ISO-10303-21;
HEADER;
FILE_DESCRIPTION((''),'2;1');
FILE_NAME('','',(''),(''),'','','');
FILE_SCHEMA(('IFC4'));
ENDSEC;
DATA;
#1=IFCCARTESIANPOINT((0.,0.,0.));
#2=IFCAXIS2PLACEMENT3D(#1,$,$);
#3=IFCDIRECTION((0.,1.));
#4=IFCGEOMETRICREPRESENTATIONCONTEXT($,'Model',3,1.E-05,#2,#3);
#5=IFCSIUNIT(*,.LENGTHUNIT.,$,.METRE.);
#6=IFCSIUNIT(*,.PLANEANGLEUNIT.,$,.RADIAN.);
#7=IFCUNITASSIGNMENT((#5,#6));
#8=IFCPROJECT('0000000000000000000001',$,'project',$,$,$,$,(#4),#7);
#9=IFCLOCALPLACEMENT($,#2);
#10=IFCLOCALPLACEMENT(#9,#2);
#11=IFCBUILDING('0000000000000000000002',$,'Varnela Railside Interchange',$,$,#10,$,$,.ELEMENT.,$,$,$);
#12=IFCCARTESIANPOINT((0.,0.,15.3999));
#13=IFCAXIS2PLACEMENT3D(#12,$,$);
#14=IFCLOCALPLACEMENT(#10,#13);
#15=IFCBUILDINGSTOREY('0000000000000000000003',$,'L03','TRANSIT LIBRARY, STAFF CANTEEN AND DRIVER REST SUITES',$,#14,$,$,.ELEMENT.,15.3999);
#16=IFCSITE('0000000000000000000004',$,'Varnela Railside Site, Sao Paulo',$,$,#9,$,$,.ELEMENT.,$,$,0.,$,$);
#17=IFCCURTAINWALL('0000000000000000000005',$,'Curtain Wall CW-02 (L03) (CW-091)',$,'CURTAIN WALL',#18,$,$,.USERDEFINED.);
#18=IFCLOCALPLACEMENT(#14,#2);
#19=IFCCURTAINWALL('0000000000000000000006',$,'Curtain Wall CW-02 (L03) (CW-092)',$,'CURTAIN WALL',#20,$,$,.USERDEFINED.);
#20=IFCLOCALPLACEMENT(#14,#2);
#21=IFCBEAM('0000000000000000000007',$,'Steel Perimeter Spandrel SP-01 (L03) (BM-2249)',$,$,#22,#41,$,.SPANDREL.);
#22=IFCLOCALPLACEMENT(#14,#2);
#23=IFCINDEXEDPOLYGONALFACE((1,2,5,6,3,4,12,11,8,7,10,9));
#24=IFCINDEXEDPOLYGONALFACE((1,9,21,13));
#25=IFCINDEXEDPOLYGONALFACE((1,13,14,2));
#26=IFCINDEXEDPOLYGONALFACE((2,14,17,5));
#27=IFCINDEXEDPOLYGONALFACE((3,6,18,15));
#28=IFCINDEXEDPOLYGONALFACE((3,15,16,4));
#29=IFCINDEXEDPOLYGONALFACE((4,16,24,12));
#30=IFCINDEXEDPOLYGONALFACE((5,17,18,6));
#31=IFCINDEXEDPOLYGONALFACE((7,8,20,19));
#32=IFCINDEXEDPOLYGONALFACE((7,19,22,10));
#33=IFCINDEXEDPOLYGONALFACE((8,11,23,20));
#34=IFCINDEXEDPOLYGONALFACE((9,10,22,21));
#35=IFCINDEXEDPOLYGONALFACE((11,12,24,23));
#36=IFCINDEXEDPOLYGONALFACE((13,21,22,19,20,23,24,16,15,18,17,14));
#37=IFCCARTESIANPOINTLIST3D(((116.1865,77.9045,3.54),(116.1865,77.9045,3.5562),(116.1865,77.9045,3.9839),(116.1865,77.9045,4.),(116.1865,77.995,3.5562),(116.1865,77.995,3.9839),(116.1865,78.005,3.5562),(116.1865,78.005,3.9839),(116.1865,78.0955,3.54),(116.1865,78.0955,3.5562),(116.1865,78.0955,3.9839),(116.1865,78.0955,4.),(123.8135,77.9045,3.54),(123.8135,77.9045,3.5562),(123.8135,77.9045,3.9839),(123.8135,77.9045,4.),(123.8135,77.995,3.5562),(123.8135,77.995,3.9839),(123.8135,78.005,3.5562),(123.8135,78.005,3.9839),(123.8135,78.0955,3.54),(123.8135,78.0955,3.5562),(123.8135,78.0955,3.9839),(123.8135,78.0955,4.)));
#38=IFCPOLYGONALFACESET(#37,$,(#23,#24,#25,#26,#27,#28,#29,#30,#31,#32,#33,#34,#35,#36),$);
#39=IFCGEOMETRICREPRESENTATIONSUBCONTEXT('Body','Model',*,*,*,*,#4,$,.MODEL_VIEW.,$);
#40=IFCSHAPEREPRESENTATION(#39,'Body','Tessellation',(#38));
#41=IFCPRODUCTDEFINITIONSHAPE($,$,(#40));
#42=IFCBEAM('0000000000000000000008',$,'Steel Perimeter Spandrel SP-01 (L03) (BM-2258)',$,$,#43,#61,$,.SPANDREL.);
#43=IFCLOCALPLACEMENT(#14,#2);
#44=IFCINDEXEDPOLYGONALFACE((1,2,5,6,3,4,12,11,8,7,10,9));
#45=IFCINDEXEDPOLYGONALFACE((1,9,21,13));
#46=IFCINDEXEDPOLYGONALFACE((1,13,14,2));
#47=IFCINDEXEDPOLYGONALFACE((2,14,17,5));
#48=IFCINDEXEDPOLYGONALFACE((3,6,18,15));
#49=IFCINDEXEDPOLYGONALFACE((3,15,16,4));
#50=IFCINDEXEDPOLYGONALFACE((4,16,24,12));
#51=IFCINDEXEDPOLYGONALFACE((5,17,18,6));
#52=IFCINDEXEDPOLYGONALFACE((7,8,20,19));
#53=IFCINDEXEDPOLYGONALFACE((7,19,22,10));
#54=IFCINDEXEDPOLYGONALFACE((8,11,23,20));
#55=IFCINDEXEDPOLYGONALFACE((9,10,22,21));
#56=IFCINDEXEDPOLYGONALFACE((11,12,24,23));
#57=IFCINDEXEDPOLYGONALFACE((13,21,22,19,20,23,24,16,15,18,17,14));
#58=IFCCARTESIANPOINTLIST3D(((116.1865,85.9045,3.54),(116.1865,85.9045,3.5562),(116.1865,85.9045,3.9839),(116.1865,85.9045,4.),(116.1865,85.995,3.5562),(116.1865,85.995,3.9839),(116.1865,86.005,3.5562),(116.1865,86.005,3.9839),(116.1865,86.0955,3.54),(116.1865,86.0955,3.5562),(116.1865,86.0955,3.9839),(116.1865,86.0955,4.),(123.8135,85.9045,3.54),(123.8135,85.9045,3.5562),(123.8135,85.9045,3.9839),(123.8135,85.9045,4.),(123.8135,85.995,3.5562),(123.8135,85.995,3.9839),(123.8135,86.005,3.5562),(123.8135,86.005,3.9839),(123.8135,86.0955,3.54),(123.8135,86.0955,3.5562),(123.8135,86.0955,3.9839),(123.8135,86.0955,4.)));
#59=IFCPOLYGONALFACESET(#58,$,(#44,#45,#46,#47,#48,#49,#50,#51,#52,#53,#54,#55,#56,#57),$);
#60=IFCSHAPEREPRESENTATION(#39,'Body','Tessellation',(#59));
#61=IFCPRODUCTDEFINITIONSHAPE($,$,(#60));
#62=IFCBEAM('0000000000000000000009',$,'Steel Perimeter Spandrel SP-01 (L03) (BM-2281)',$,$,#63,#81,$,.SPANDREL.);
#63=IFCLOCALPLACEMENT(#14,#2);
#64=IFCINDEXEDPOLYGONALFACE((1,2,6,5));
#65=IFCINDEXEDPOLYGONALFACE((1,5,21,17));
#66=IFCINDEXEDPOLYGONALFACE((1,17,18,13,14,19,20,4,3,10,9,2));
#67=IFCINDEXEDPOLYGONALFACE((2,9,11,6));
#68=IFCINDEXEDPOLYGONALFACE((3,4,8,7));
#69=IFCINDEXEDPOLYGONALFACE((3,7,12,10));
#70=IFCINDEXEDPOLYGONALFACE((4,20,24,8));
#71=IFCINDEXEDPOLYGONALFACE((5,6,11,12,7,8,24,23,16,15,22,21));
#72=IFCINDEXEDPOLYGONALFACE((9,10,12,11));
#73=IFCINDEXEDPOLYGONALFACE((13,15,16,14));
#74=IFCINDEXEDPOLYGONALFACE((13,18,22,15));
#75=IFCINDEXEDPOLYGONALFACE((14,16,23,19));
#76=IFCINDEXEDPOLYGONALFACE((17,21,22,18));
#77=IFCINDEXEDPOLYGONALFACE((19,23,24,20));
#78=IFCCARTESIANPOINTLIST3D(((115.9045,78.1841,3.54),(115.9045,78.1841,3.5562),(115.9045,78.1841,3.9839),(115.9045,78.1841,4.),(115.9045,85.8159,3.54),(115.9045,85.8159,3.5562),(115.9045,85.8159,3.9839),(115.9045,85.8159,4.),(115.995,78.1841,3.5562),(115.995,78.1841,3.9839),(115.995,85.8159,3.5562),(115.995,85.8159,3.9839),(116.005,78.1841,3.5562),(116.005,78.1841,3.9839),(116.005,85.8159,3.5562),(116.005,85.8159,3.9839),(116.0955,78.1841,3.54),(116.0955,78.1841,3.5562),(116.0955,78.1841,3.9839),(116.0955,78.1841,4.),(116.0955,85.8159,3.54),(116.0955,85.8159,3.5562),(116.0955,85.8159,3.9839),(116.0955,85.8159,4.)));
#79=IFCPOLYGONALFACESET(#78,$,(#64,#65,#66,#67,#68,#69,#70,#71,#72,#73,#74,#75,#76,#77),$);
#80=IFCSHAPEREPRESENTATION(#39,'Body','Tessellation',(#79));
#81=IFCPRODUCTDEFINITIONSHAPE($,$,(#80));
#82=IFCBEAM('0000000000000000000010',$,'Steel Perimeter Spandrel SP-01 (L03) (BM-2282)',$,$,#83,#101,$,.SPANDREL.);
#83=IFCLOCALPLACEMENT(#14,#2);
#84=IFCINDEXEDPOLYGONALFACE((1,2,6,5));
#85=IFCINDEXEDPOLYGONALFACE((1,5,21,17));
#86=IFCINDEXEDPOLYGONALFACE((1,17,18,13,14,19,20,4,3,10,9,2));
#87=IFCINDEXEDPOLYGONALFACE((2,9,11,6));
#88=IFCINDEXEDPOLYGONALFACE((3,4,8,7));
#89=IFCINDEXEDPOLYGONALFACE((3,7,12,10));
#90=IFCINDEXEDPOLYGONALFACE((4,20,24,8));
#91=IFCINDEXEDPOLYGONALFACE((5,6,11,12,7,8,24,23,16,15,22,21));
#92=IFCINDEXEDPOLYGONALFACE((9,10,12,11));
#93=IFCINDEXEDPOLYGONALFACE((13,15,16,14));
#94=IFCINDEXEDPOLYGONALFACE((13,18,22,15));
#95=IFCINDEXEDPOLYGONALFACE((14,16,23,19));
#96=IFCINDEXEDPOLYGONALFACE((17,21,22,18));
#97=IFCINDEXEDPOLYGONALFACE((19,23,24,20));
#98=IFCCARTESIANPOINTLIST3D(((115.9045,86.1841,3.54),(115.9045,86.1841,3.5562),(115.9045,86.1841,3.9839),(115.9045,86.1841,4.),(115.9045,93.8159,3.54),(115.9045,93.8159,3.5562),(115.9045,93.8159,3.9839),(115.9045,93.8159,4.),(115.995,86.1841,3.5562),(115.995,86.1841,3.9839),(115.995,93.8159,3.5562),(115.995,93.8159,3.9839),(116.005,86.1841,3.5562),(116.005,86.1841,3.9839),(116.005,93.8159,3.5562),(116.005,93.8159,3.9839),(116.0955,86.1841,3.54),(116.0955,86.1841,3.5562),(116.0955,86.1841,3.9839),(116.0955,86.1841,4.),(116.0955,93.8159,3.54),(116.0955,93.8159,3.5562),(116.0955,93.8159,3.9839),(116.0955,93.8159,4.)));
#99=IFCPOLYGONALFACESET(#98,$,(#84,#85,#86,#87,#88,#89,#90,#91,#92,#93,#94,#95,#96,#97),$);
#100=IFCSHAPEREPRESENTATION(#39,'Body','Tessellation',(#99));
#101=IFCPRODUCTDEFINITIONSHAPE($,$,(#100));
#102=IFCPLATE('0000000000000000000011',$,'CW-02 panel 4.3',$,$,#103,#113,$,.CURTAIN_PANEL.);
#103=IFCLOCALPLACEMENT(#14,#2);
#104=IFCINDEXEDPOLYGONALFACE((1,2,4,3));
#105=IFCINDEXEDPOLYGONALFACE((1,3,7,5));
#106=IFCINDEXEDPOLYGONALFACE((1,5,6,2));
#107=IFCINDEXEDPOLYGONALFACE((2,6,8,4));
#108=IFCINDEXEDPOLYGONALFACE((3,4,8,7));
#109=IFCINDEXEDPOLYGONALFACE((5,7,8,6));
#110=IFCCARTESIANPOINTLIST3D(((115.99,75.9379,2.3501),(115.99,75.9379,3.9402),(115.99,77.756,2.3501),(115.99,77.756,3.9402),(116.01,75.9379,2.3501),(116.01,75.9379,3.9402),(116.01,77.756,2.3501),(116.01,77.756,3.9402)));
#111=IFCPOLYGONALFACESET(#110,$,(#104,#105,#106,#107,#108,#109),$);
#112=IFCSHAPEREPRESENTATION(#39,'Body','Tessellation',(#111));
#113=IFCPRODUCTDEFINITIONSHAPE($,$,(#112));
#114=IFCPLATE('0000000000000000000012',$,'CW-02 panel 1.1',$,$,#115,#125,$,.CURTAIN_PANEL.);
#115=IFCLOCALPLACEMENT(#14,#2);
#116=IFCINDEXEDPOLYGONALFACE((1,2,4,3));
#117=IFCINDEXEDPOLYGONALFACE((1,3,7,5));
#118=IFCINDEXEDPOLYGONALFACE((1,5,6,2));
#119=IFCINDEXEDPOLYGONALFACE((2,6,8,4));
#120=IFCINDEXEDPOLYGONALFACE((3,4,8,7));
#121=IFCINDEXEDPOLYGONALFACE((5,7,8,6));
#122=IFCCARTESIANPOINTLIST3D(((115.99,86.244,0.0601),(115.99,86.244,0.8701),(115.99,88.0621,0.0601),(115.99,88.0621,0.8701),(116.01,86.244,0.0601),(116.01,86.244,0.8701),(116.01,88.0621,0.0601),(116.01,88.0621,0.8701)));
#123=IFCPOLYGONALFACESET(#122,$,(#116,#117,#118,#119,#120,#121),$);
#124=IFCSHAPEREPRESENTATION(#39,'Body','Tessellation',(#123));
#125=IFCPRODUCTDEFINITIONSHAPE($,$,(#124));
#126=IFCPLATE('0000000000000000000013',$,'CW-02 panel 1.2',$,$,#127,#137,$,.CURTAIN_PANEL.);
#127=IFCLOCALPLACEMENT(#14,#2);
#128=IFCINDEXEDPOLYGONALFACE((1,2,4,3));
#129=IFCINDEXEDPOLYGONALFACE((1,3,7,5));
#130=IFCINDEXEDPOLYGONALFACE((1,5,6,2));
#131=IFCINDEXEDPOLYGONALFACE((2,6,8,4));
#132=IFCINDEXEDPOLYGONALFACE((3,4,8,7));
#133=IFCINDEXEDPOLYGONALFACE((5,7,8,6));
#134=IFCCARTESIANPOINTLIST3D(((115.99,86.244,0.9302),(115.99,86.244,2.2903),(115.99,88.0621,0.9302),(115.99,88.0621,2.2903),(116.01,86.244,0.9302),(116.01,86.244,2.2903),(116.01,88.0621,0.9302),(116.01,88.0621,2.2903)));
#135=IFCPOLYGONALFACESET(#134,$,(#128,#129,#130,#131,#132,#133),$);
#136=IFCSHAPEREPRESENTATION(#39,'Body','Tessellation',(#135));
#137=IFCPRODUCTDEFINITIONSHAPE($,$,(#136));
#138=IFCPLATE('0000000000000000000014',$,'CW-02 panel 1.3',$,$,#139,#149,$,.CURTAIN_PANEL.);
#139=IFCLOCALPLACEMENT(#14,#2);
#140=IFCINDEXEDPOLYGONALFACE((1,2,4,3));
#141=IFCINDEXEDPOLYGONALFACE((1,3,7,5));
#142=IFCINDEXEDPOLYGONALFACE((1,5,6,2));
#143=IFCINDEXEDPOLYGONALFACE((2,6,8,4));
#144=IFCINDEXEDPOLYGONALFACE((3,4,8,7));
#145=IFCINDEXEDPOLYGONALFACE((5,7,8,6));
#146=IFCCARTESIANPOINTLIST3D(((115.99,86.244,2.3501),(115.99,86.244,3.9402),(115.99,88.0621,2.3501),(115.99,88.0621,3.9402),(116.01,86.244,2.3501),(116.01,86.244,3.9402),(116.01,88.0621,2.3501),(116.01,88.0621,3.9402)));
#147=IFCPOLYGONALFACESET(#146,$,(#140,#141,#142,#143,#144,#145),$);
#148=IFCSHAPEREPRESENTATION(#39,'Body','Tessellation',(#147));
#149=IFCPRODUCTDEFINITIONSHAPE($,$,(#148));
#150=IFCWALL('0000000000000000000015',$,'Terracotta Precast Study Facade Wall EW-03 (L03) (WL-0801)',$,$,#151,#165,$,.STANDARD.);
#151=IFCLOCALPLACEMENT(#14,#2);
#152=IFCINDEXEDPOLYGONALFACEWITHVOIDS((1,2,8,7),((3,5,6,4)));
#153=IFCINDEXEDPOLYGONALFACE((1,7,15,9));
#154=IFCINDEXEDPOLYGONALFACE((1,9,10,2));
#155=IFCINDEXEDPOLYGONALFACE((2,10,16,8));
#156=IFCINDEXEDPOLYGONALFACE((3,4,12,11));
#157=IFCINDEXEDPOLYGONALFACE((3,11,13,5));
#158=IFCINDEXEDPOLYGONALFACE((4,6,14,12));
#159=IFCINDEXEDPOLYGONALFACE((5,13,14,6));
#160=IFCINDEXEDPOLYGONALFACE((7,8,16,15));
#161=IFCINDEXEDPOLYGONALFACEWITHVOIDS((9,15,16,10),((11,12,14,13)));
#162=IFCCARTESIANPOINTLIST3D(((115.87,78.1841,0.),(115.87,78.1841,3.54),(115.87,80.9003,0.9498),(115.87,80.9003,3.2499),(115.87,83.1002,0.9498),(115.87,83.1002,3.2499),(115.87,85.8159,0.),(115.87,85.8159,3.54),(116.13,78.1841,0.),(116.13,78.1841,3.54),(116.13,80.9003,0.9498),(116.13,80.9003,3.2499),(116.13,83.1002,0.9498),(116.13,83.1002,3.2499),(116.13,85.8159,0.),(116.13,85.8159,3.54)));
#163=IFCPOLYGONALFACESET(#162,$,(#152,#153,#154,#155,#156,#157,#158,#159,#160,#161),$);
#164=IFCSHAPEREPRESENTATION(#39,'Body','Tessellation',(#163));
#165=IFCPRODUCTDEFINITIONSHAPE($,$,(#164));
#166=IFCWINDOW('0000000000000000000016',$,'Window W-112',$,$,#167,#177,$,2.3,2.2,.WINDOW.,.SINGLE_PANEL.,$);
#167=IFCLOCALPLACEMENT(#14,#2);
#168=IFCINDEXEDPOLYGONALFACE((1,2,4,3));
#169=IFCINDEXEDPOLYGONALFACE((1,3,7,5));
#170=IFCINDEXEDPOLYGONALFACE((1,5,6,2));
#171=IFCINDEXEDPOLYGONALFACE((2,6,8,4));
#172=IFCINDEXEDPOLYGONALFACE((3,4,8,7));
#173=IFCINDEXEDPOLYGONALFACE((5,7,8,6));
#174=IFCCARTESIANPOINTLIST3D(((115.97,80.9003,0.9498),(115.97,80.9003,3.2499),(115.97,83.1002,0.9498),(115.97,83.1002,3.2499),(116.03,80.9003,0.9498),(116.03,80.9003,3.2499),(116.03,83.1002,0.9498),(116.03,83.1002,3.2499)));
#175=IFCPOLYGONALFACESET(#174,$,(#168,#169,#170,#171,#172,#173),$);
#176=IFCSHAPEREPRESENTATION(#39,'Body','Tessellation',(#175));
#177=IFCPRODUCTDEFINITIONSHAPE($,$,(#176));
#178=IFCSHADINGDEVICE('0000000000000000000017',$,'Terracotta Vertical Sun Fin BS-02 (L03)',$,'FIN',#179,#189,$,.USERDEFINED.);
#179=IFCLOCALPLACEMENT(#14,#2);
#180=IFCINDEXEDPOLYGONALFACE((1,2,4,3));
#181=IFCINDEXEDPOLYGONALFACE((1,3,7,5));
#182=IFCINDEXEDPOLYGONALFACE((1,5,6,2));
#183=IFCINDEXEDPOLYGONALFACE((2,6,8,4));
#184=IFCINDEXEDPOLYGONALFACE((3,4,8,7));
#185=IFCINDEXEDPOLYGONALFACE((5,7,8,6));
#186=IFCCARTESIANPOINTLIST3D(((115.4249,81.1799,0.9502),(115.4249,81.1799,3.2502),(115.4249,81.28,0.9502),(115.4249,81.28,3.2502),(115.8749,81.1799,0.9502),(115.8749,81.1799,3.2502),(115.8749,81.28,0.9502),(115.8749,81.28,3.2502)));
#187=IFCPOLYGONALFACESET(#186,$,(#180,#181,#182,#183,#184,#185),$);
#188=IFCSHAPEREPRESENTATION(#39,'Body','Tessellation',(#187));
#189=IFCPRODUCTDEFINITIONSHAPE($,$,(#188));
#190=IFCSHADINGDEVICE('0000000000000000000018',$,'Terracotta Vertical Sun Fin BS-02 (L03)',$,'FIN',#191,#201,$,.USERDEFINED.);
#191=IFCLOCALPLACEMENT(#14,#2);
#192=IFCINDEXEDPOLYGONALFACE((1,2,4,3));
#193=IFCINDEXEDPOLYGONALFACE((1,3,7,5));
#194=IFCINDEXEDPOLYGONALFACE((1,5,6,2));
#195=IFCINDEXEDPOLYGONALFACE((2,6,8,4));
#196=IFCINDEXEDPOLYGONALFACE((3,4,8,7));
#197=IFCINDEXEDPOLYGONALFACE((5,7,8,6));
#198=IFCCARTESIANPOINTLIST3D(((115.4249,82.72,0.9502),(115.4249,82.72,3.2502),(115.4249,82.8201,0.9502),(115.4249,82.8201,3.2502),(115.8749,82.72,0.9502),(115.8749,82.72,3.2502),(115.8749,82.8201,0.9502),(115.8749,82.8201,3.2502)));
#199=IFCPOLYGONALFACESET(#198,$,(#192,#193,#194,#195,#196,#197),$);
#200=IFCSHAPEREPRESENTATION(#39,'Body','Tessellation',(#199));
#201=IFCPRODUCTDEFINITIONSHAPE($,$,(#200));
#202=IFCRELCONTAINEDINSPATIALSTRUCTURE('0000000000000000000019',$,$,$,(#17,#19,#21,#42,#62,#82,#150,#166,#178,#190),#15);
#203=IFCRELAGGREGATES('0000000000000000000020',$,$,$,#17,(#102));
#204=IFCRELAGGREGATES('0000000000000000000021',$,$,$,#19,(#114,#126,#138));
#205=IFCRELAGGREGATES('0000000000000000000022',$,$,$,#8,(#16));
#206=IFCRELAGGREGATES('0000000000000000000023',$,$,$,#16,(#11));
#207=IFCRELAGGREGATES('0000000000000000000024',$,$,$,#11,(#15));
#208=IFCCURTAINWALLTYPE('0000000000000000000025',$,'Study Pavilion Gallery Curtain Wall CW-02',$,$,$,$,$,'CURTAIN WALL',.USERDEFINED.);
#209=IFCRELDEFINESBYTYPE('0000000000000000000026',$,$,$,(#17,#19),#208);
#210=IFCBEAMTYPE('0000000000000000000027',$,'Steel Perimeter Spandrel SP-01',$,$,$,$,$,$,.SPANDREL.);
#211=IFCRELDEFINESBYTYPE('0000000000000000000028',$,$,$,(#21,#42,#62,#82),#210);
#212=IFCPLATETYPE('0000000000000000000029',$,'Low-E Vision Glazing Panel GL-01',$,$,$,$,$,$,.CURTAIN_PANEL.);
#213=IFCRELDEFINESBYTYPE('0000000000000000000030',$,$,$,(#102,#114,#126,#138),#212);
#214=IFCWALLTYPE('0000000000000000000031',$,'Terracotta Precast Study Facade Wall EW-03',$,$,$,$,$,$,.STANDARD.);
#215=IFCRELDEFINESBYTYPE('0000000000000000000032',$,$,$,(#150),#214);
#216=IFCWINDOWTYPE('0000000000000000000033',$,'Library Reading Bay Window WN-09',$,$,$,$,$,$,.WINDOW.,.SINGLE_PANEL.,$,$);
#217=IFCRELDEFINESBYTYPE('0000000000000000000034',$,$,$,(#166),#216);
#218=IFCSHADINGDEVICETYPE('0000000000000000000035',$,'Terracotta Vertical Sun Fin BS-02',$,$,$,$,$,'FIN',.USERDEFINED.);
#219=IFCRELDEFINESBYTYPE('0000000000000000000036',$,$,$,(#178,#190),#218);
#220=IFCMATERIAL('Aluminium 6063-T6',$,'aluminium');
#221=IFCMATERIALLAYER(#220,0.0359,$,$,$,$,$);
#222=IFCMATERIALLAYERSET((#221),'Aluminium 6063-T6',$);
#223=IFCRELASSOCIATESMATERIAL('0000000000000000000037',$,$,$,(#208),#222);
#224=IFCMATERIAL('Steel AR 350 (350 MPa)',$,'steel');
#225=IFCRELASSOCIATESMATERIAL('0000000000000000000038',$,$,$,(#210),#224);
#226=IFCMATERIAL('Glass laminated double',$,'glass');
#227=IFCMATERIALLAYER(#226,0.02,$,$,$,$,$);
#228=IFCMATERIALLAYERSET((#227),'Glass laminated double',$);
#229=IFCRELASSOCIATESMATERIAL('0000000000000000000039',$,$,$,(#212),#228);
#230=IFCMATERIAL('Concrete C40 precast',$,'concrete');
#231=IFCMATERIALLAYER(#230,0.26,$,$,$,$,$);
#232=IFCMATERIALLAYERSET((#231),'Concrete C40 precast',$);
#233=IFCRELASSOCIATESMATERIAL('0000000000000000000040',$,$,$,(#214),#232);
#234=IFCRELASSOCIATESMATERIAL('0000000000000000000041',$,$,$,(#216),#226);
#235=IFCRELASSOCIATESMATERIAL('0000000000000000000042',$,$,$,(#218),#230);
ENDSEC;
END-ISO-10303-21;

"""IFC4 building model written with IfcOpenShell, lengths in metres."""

from ifc_helpers import new_model, si_unit, direction, frame, frame_2d, origin, origin_2d, place, context, subcontext, project, spatial, rectangle, i_section, extrude, material, layer, layer_set, material_profile, profile_set, type_object, element, fill, aggregate, save


model = new_model("IFC4")

# Units and contexts
model_context = context("Model", 3, precision=1e-05, world=origin(), true_north=direction((0.0, 1.0)))
body_context = subcontext(model_context, "Body", "Model", "MODEL_VIEW")
ifc_project = project(units=[si_unit("LENGTHUNIT", "METRE"), si_unit("PLANEANGLEUNIT", "RADIAN")], contexts=[model_context])

# Site, building, storey
site_placement = place(None, origin())
site = spatial("IfcSite", under=ifc_project, at=site_placement, Name="Varnela Railside Site, Sao Paulo", CompositionType="ELEMENT", RefElevation=0.0)
building_placement = place(site_placement, origin())
building = spatial("IfcBuilding", under=site, at=building_placement, Name="Varnela Railside Interchange", CompositionType="ELEMENT")
storey_placement = place(building_placement, frame((0.0, 0.0, 15.3999)))
storey = spatial("IfcBuildingStorey", under=building, at=storey_placement, Name="L03", Description="TRANSIT LIBRARY, STAFF CANTEEN AND DRIVER REST SUITES", CompositionType="ELEMENT", Elevation=15.3999)

# Shared definitions
ifc_material_1 = material(Name="Steel AR 350 (350 MPa)", Category="steel")

# Curtain wall
ifc_material_2 = material(Name="Aluminium 6063-T6", Category="aluminium")
ifc_layer_1 = layer(ifc_material_2, 0.0359)
ifc_layer_set_1 = layer_set([ifc_layer_1], Name="Aluminium 6063-T6")
curtain_wall_type = type_object("IfcCurtainWallType", Name="Study Pavilion Gallery Curtain Wall CW-02", ElementType="CURTAIN WALL", PredefinedType="USERDEFINED", material=ifc_layer_set_1)
curtain_wall_1_placement = place(storey_placement, origin())
curtain_wall_1 = element("IfcCurtainWall", 1, at=curtain_wall_1_placement, inside=storey, type_object=curtain_wall_type, Name="Curtain Wall CW-02 (L03) (CW-091)", ObjectType="CURTAIN WALL", PredefinedType="USERDEFINED")

# Curtain wall
curtain_wall_2_placement = place(storey_placement, origin())
curtain_wall_2 = element("IfcCurtainWall", 2, at=curtain_wall_2_placement, inside=storey, type_object=curtain_wall_type, Name="Curtain Wall CW-02 (L03) (CW-092)", ObjectType="CURTAIN WALL", PredefinedType="USERDEFINED")

# Beams
ifc_material_profile_1 = material_profile(ifc_material_1, i_section(OverallWidth=0.1909, OverallDepth=0.46, WebThickness=0.01, FlangeThickness=0.0161, at=origin_2d()), Name="W460x82")
ifc_profile_set_1 = profile_set([ifc_material_profile_1], Name="Steel AR 350 (350 MPa)")
beam_type = type_object("IfcBeamType", Name="Steel Perimeter Spandrel SP-01", PredefinedType="SPANDREL", material=ifc_profile_set_1)
for number, where, z_axis, x_axis, name in (
    (3, (116.1865, 78.0, 3.77), (1.0, 0.0, 0.0), (0.0, 1.0, 0.0), "Steel Perimeter Spandrel SP-01 (L03) (BM-2249)"),
    (4, (116.1865, 86.0, 3.77), (1.0, 0.0, 0.0), (0.0, 1.0, 0.0), "Steel Perimeter Spandrel SP-01 (L03) (BM-2258)"),
):
    element("IfcBeam", number, at=place(storey_placement, frame(where, z_axis=z_axis, x_axis=x_axis)), inside=storey, type_object=beam_type, Name=name, PredefinedType="SPANDREL", context=body_context, shape_type="SweptSolid", body=[
        extrude(i_section(OverallWidth=0.1909, OverallDepth=0.46, WebThickness=0.01, FlangeThickness=0.0161, at=origin_2d()), origin(), (0.0, 0.0, 1.0), 7.627),
    ])
for number, where, z_axis, x_axis, name in (
    (5, (116.0, 78.1841, 3.77), (0.0, 1.0, 0.0), (-1.0, 0.0, 0.0), "Steel Perimeter Spandrel SP-01 (L03) (BM-2281)"),
    (6, (116.0, 86.1841, 3.77), (0.0, 1.0, 0.0), (-1.0, 0.0, 0.0), "Steel Perimeter Spandrel SP-01 (L03) (BM-2282)"),
):
    element("IfcBeam", number, at=place(storey_placement, frame(where, z_axis=z_axis, x_axis=x_axis)), inside=storey, type_object=beam_type, Name=name, PredefinedType="SPANDREL", context=body_context, shape_type="SweptSolid", body=[
        extrude(i_section(OverallWidth=0.1909, OverallDepth=0.46, WebThickness=0.01, FlangeThickness=0.0161, at=origin_2d()), origin(), (0.0, 0.0, 1.0), 7.6318),
    ])

# Plates
ifc_material_3 = material(Name="Glass laminated double", Category="glass")
ifc_layer_2 = layer(ifc_material_3, 0.02)
ifc_layer_set_2 = layer_set([ifc_layer_2], Name="Glass laminated double")
plate_type = type_object("IfcPlateType", Name="Low-E Vision Glazing Panel GL-01", PredefinedType="CURTAIN_PANEL", material=ifc_layer_set_2)
plate_1_placement = place(storey_placement, frame((116.0, 76.8469, 2.3501), z_axis=(0.0, 0.0, 1.0), x_axis=(0.0, 1.0, 0.0)))
plate_1 = element("IfcPlate", 7, at=plate_1_placement, type_object=plate_type, Name="CW-02 panel 4.3", PredefinedType="CURTAIN_PANEL", context=body_context, shape_type="SweptSolid", body=[
    extrude(rectangle(XDim=1.8181, YDim=0.02, at=origin_2d()), origin(), (0.0, 0.0, 1.0), 1.5901),
])
aggregate(curtain_wall_1, [plate_1])
plate_2_placement = place(storey_placement, frame((116.0, 87.1531, 0.0601), z_axis=(0.0, 0.0, 1.0), x_axis=(0.0, 1.0, 0.0)))
plate_2 = element("IfcPlate", 8, at=plate_2_placement, type_object=plate_type, Name="CW-02 panel 1.1", PredefinedType="CURTAIN_PANEL", context=body_context, shape_type="SweptSolid", body=[
    extrude(rectangle(XDim=1.8181, YDim=0.02, at=origin_2d()), origin(), (0.0, 0.0, 1.0), 0.8101),
])
plate_3_placement = place(storey_placement, frame((116.0, 87.1531, 0.9302), z_axis=(0.0, 0.0, 1.0), x_axis=(0.0, 1.0, 0.0)))
plate_3 = element("IfcPlate", 9, at=plate_3_placement, type_object=plate_type, Name="CW-02 panel 1.2", PredefinedType="CURTAIN_PANEL", context=body_context, shape_type="SweptSolid", body=[
    extrude(rectangle(XDim=1.8181, YDim=0.02, at=origin_2d()), origin(), (0.0, 0.0, 1.0), 1.3601),
])
plate_4_placement = place(storey_placement, frame((116.0, 87.1531, 2.3501), z_axis=(0.0, 0.0, 1.0), x_axis=(0.0, 1.0, 0.0)))
plate_4 = element("IfcPlate", 10, at=plate_4_placement, type_object=plate_type, Name="CW-02 panel 1.3", PredefinedType="CURTAIN_PANEL", context=body_context, shape_type="SweptSolid", body=[
    extrude(rectangle(XDim=1.8181, YDim=0.02, at=origin_2d()), origin(), (0.0, 0.0, 1.0), 1.5901),
])
aggregate(curtain_wall_2, [plate_2, plate_3, plate_4])

# Wall, opening, window
ifc_material_4 = material(Name="Concrete C40 precast", Category="concrete")
ifc_layer_3 = layer(ifc_material_4, 0.26)
ifc_layer_set_3 = layer_set([ifc_layer_3], Name="Concrete C40 precast")
wall_type = type_object("IfcWallType", Name="Terracotta Precast Study Facade Wall EW-03", PredefinedType="STANDARD", material=ifc_layer_set_3)
wall_placement = place(storey_placement, frame((116.0, 78.1841, 0.0), z_axis=(0.0, 0.0, 1.0), x_axis=(0.0, 1.0, 0.0)))
wall = element("IfcWall", 11, at=wall_placement, inside=storey, type_object=wall_type, Name="Terracotta Precast Study Facade Wall EW-03 (L03) (WL-0801)", PredefinedType="STANDARD", context=body_context, shape_type="SweptSolid", body=[
    extrude(rectangle(XDim=7.6318, YDim=0.26, at=frame_2d((3.8159, 0.0))), origin(), (0.0, 0.0, 1.0), 3.54),
])
opening_placement = place(wall_placement, frame((2.7161, 0.0, 0.95)))
opening = element("IfcOpeningElement", 12, at=opening_placement, cuts=wall, PredefinedType="OPENING", context=body_context, shape_type="SweptSolid", body=[
    extrude(rectangle(XDim=2.2, YDim=2.3, at=frame_2d((1.1001, 1.1499))), frame((0.0, 0.1399, 0.0), z_axis=(0.0, -1.0, 0.0), x_axis=(1.0, 0.0, 0.0)), (0.0, 0.0, 1.0), 0.28),
])
window_type = type_object("IfcWindowType", Name="Library Reading Bay Window WN-09", PartitioningType="SINGLE_PANEL", PredefinedType="WINDOW", material=ifc_material_3)
window_placement = place(opening_placement, origin())
window = element("IfcWindow", 13, at=window_placement, inside=storey, type_object=window_type, Name="Window W-112", OverallHeight=2.3, OverallWidth=2.2, PartitioningType="SINGLE_PANEL", PredefinedType="WINDOW", context=body_context, shape_type="SweptSolid", body=[
    extrude(rectangle(XDim=2.2, YDim=2.3, at=frame_2d((1.1001, 1.1499))), frame((0.0, 0.03, 0.0), z_axis=(0.0, -1.0, 0.0), x_axis=(1.0, 0.0, 0.0)), (0.0, 0.0, 1.0), 0.0601),
])
fill(opening, window)

# Shading devices
shading_device_type = type_object("IfcShadingDeviceType", Name="Terracotta Vertical Sun Fin BS-02", ElementType="FIN", PredefinedType="USERDEFINED", material=ifc_material_4)
for number, where, z_axis, x_axis, name in (
    (14, (115.6499, 81.23, 0.9502), (0.0, 0.0, 1.0), (-1.0, 0.0, 0.0), "Terracotta Vertical Sun Fin BS-02 (L03)"),
    (15, (115.6499, 82.77, 0.9502), (0.0, 0.0, 1.0), (-1.0, 0.0, 0.0), "Terracotta Vertical Sun Fin BS-02 (L03)"),
):
    element("IfcShadingDevice", number, at=place(storey_placement, frame(where, z_axis=z_axis, x_axis=x_axis)), inside=storey, type_object=shading_device_type, Name=name, ObjectType="FIN", PredefinedType="USERDEFINED", context=body_context, shape_type="SweptSolid", body=[
        extrude(rectangle(XDim=0.45, YDim=0.1001, at=origin_2d()), origin(), (0.0, 0.0, 1.0), 2.3),
    ])

save(model, "model.ifc")
